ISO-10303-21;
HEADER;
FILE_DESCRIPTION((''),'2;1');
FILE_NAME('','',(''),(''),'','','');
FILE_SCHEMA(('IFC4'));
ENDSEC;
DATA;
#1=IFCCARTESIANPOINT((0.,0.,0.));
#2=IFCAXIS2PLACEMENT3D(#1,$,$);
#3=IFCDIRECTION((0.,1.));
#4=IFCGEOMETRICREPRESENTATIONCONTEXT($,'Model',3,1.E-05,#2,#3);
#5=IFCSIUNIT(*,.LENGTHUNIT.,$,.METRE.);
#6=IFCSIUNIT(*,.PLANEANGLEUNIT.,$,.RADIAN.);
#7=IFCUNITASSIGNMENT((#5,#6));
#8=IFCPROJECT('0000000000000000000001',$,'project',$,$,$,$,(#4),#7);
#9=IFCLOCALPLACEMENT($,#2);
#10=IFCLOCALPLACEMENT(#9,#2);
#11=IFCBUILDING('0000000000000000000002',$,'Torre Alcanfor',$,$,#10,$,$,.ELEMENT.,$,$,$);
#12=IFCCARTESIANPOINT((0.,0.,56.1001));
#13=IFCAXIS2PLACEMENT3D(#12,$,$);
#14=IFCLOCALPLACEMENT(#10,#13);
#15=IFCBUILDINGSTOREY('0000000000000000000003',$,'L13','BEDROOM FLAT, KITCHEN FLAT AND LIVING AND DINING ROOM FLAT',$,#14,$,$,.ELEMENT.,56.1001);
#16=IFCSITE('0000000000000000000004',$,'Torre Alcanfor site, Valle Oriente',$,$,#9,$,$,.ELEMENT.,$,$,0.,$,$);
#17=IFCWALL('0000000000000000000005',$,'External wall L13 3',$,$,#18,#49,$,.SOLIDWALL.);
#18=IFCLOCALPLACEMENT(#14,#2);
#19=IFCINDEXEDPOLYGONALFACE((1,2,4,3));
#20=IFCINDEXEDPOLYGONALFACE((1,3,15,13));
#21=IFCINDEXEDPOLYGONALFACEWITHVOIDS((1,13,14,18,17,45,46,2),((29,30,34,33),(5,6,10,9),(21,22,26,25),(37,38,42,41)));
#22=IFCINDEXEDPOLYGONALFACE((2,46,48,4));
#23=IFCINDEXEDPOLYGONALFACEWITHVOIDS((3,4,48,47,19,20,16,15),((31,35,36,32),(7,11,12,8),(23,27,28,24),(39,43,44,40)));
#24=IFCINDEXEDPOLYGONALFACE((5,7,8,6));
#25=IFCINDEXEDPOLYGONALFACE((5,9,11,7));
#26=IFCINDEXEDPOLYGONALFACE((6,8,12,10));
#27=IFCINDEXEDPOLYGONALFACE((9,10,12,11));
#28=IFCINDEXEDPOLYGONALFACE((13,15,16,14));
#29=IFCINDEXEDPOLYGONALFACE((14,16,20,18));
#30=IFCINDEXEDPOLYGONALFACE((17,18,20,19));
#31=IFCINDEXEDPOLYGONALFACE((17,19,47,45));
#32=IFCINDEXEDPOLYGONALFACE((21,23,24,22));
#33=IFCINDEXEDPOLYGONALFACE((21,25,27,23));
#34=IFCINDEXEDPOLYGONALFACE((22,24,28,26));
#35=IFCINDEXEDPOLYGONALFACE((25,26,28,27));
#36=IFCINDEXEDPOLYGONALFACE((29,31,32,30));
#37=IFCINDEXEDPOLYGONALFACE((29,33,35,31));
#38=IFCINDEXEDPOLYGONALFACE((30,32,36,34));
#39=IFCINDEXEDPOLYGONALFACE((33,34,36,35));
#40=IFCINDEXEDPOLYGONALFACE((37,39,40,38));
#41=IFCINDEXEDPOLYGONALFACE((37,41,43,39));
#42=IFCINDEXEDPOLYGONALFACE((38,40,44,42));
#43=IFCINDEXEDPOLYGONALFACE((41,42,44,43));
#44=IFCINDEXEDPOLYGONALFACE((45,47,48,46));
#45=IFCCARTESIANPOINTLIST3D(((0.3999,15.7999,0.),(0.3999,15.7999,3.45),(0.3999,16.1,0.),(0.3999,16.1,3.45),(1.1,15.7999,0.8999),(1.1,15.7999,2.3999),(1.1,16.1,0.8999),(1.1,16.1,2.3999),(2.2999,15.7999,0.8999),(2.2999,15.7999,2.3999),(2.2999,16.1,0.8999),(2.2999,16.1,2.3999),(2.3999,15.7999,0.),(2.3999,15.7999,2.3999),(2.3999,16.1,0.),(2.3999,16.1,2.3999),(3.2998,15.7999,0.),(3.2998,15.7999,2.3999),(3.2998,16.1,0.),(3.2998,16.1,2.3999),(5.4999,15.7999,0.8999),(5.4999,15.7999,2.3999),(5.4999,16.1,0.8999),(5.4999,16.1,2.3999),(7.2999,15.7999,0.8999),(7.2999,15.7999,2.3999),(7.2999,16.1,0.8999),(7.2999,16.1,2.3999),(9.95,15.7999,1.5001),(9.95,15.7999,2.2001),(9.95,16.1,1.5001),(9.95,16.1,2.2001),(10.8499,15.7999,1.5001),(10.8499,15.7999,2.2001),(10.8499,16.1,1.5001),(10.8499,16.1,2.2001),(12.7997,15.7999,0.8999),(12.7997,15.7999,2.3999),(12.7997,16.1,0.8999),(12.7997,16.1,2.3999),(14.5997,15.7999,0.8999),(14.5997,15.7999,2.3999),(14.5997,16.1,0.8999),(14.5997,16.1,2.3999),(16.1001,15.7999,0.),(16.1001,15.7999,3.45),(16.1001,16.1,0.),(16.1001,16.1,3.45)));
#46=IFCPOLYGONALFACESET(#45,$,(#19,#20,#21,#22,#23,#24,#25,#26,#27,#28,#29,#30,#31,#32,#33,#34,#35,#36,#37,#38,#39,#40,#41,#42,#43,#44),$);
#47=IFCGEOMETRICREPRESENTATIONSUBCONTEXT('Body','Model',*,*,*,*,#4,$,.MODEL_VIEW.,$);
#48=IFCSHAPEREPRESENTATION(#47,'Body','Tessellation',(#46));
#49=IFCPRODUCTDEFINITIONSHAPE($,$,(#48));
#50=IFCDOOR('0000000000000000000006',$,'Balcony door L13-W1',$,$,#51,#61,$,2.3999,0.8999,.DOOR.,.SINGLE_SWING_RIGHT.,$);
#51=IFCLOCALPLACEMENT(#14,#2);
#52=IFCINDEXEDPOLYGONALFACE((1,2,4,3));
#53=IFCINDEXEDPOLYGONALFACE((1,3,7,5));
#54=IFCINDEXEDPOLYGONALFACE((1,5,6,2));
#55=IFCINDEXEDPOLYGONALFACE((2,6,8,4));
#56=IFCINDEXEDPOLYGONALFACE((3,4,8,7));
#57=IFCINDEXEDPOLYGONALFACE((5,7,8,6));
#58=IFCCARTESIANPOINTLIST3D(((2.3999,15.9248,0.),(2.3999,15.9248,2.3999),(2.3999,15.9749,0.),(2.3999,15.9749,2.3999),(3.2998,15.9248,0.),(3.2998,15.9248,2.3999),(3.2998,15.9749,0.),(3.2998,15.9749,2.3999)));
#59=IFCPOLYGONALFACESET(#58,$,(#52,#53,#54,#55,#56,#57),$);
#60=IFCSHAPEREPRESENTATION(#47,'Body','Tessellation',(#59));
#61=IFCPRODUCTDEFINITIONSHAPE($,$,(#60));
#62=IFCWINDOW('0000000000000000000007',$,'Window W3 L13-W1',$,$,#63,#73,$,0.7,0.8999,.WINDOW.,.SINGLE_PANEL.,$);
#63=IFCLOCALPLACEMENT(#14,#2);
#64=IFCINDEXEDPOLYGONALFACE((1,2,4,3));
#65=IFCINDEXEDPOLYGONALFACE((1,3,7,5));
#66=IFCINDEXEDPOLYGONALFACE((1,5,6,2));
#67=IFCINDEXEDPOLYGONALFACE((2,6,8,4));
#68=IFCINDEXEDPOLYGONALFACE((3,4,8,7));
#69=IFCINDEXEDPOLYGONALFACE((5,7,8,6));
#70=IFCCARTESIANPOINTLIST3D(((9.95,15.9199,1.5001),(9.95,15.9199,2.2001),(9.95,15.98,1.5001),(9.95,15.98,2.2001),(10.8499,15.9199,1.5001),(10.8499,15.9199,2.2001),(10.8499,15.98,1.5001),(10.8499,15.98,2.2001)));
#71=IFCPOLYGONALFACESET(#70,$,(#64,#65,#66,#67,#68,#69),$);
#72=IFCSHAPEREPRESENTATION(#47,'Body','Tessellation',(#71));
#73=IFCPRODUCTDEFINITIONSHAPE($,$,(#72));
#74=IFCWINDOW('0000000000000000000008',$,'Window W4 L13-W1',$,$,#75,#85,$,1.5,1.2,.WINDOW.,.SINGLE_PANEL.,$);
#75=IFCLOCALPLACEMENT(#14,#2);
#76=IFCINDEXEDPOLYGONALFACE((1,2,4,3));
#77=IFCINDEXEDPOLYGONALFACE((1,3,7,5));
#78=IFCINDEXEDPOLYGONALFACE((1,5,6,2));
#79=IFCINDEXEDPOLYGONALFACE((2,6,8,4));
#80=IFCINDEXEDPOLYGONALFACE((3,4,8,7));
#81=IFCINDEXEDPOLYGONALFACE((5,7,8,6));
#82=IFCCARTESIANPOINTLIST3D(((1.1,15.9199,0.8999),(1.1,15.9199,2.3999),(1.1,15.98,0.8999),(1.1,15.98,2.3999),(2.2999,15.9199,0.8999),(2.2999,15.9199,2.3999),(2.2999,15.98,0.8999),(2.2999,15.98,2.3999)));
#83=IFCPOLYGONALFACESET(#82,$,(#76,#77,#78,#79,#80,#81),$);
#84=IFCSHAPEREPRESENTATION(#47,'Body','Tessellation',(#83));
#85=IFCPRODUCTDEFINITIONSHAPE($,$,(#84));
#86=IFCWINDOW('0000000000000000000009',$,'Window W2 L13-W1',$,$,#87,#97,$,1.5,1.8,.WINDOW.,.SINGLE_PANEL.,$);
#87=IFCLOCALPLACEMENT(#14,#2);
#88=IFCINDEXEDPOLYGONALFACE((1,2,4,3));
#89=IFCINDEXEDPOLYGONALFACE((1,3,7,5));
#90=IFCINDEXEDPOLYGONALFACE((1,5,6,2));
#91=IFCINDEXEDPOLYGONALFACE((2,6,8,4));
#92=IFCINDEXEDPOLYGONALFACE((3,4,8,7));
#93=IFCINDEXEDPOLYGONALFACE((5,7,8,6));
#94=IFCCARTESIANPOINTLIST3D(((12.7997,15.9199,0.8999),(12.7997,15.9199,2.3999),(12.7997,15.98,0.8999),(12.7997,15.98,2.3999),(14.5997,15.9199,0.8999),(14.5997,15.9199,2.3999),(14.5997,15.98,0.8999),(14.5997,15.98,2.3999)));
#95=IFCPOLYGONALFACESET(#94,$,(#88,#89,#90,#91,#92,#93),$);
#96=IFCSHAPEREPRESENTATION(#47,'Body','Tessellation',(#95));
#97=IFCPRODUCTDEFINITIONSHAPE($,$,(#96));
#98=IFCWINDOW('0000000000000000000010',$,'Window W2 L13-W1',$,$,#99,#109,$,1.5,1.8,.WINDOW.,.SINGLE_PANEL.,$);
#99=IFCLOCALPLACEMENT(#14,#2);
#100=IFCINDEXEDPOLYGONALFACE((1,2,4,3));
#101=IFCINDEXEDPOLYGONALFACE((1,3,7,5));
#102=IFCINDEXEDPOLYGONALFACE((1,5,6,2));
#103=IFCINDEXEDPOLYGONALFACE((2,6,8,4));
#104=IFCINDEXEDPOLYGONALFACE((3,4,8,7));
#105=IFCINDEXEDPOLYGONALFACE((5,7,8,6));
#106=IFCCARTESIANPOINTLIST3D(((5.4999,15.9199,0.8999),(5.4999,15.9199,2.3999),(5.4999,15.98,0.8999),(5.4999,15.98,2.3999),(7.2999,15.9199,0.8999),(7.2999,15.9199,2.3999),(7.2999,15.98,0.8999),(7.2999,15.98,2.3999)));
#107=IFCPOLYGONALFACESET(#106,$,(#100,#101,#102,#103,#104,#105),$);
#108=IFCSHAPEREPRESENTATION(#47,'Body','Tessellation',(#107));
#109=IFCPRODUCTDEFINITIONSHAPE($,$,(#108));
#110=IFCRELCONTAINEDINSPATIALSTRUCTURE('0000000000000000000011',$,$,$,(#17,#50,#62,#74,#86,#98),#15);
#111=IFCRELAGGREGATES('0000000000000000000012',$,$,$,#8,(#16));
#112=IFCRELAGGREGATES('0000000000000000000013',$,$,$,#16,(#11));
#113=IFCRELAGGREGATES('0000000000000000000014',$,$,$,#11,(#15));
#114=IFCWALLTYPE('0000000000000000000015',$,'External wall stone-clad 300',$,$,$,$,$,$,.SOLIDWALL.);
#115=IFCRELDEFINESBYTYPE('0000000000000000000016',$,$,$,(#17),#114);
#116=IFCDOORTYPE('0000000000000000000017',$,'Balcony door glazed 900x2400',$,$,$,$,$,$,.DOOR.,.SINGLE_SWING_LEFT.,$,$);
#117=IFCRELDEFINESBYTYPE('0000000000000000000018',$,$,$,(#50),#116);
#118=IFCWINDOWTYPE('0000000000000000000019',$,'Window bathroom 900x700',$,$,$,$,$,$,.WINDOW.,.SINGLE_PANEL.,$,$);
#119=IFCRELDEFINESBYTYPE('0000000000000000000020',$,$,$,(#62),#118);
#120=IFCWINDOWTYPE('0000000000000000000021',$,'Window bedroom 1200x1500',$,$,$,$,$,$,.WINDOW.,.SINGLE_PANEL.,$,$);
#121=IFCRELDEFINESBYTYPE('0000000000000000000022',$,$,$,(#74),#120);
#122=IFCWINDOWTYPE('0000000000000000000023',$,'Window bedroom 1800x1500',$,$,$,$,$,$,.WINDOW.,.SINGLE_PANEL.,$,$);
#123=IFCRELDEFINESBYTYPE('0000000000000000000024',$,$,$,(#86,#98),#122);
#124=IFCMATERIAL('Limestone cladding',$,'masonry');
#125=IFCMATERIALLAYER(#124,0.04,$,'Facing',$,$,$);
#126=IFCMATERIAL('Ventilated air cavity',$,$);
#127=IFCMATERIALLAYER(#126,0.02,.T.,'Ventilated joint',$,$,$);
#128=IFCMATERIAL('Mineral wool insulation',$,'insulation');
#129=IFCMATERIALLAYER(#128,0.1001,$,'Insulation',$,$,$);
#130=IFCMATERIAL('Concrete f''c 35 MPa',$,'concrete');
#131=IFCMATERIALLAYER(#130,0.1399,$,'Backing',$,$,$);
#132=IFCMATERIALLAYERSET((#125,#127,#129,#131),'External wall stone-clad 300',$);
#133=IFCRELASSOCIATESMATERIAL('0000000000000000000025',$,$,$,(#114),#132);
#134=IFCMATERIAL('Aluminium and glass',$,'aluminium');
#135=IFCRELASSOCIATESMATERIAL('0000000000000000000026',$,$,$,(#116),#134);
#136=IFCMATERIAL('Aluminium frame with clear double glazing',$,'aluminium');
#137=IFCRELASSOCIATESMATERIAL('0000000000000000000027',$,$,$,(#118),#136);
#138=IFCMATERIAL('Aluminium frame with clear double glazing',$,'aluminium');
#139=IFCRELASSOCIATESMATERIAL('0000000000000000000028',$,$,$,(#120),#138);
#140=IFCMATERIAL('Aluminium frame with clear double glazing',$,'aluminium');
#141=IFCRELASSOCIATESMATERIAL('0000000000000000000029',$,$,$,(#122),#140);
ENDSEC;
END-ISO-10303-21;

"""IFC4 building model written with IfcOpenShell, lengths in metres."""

from ifc_helpers import new_model, si_unit, direction, frame, frame_2d, origin, place, context, subcontext, project, spatial, rectangle, extrude, material, layer, layer_set, type_object, element, fill, save


model = new_model("IFC4")

# Units and contexts
model_context = context("Model", 3, precision=1e-05, world=origin(), true_north=direction((0.0, 1.0)))
body_context = subcontext(model_context, "Body", "Model", "MODEL_VIEW")
ifc_project = project(units=[si_unit("LENGTHUNIT", "METRE"), si_unit("PLANEANGLEUNIT", "RADIAN")], contexts=[model_context])

# Site, building, storey
site_placement = place(None, origin())
site = spatial("IfcSite", under=ifc_project, at=site_placement, Name="Torre Alcanfor site, Valle Oriente", CompositionType="ELEMENT", RefElevation=0.0)
building_placement = place(site_placement, origin())
building = spatial("IfcBuilding", under=site, at=building_placement, Name="Torre Alcanfor", CompositionType="ELEMENT")
storey_placement = place(building_placement, frame((0.0, 0.0, 56.1001)))
storey = spatial("IfcBuildingStorey", under=building, at=storey_placement, Name="L13", Description="BEDROOM FLAT, KITCHEN FLAT AND LIVING AND DINING ROOM FLAT", CompositionType="ELEMENT", Elevation=56.1001)

# Wall, openings, door, windows
ifc_material_1 = material(Name="Limestone cladding", Category="masonry")
ifc_layer_1 = layer(ifc_material_1, 0.04, Name="Facing")
ifc_material_2 = material(Name="Ventilated air cavity")
ifc_layer_2 = layer(ifc_material_2, 0.02, ventilated=True, Name="Ventilated joint")
ifc_material_3 = material(Name="Mineral wool insulation", Category="insulation")
ifc_layer_3 = layer(ifc_material_3, 0.1001, Name="Insulation")
ifc_material_4 = material(Name="Concrete f'c 35 MPa", Category="concrete")
ifc_layer_4 = layer(ifc_material_4, 0.1399, Name="Backing")
ifc_layer_set_1 = layer_set([ifc_layer_1, ifc_layer_2, ifc_layer_3, ifc_layer_4], Name="External wall stone-clad 300")
wall_type_1 = type_object("IfcWallType", Name="External wall stone-clad 300", PredefinedType="SOLIDWALL", material=ifc_layer_set_1)
wall_1_placement = place(storey_placement, frame((0.3999, 15.95, 0.0), z_axis=(0.0, 0.0, 1.0), x_axis=(1.0, 0.0, 0.0)))
wall_1 = element("IfcWall", 1, at=wall_1_placement, inside=storey, type_object=wall_type_1, Name="External wall L13 3", PredefinedType="SOLIDWALL", context=body_context, shape_type="SweptSolid", body=[
    extrude(rectangle(XDim=15.7002, YDim=0.3, at=frame_2d((7.8501, 0.0))), origin(), (0.0, 0.0, 1.0), 3.45),
])
opening_1_placement = place(wall_1_placement, frame((12.3999, 0.0, 0.8999)))
opening_1 = element("IfcOpeningElement", 2, at=opening_1_placement, cuts=wall_1, PredefinedType="OPENING", context=body_context, shape_type="SweptSolid", body=[
    extrude(rectangle(XDim=1.8, YDim=1.5, at=frame_2d((0.8999, 0.75))), frame((0.0, 0.1599, 0.0), z_axis=(0.0, -1.0, 0.0), x_axis=(1.0, 0.0, 0.0)), (0.0, 0.0, 1.0), 0.3201),
])
opening_2_placement = place(wall_1_placement, frame((9.55, 0.0, 1.5)))
opening_2 = element("IfcOpeningElement", 3, at=opening_2_placement, cuts=wall_1, PredefinedType="OPENING", context=body_context, shape_type="SweptSolid", body=[
    extrude(rectangle(XDim=0.8999, YDim=0.7, at=frame_2d((0.45, 0.3501))), frame((0.0, 0.1599, 0.0), z_axis=(0.0, -1.0, 0.0), x_axis=(1.0, 0.0, 0.0)), (0.0, 0.0, 1.0), 0.3201),
])
opening_3_placement = place(wall_1_placement, frame((5.1001, 0.0, 0.8999)))
opening_3 = element("IfcOpeningElement", 4, at=opening_3_placement, cuts=wall_1, PredefinedType="OPENING", context=body_context, shape_type="SweptSolid", body=[
    extrude(rectangle(XDim=1.8, YDim=1.5, at=frame_2d((0.8999, 0.75))), frame((0.0, 0.1599, 0.0), z_axis=(0.0, -1.0, 0.0), x_axis=(1.0, 0.0, 0.0)), (0.0, 0.0, 1.0), 0.3201),
])
opening_4_placement = place(wall_1_placement, frame((2.0, 0.0, 0.0)))
opening_4 = element("IfcOpeningElement", 5, at=opening_4_placement, cuts=wall_1, PredefinedType="OPENING", context=body_context, shape_type="SweptSolid", body=[
    extrude(rectangle(XDim=0.8999, YDim=2.3999, at=frame_2d((0.45, 1.2))), frame((0.0, 0.1599, 0.0), z_axis=(0.0, -1.0, 0.0), x_axis=(1.0, 0.0, 0.0)), (0.0, 0.0, 1.0), 0.3201),
])
opening_5_placement = place(wall_1_placement, frame((0.7, 0.0, 0.8999)))
opening_5 = element("IfcOpeningElement", 6, at=opening_5_placement, cuts=wall_1, PredefinedType="OPENING", context=body_context, shape_type="SweptSolid", body=[
    extrude(rectangle(XDim=1.2, YDim=1.5, at=frame_2d((0.6001, 0.75))), frame((0.0, 0.1599, 0.0), z_axis=(0.0, -1.0, 0.0), x_axis=(1.0, 0.0, 0.0)), (0.0, 0.0, 1.0), 0.3201),
])
ifc_material_5 = material(Name="Aluminium and glass", Category="aluminium")
door_type = type_object("IfcDoorType", Name="Balcony door glazed 900x2400", OperationType="SINGLE_SWING_LEFT", PredefinedType="DOOR", material=ifc_material_5)
door_1_placement = place(opening_4_placement, origin())
door_1 = element("IfcDoor", 7, at=door_1_placement, inside=storey, type_object=door_type, Name="Balcony door L13-W1", OperationType="SINGLE_SWING_RIGHT", OverallHeight=2.3999, OverallWidth=0.8999, PredefinedType="DOOR", context=body_context, shape_type="SweptSolid", body=[
    extrude(rectangle(XDim=0.8999, YDim=2.3999, at=frame_2d((0.45, 1.2))), frame((0.0, 0.0249, 0.0), z_axis=(0.0, -1.0, 0.0), x_axis=(1.0, 0.0, 0.0)), (0.0, 0.0, 1.0), 0.05),
])
fill(opening_4, door_1)
ifc_material_6 = material(Name="Aluminium frame with clear double glazing", Category="aluminium")
window_type_1 = type_object("IfcWindowType", Name="Window bathroom 900x700", PartitioningType="SINGLE_PANEL", PredefinedType="WINDOW", material=ifc_material_6)
window_1_placement = place(opening_2_placement, origin())
window_1 = element("IfcWindow", 8, at=window_1_placement, inside=storey, type_object=window_type_1, Name="Window W3 L13-W1", OverallHeight=0.7, OverallWidth=0.8999, PartitioningType="SINGLE_PANEL", PredefinedType="WINDOW", context=body_context, shape_type="SweptSolid", body=[
    extrude(rectangle(XDim=0.8999, YDim=0.7, at=frame_2d((0.45, 0.3501))), frame((0.0, 0.03, 0.0), z_axis=(0.0, -1.0, 0.0), x_axis=(1.0, 0.0, 0.0)), (0.0, 0.0, 1.0), 0.0601),
])
fill(opening_2, window_1)
ifc_material_7 = material(Name="Aluminium frame with clear double glazing", Category="aluminium")
window_type_2 = type_object("IfcWindowType", Name="Window bedroom 1200x1500", PartitioningType="SINGLE_PANEL", PredefinedType="WINDOW", material=ifc_material_7)
window_2_placement = place(opening_5_placement, origin())
window_2 = element("IfcWindow", 9, at=window_2_placement, inside=storey, type_object=window_type_2, Name="Window W4 L13-W1", OverallHeight=1.5, OverallWidth=1.2, PartitioningType="SINGLE_PANEL", PredefinedType="WINDOW", context=body_context, shape_type="SweptSolid", body=[
    extrude(rectangle(XDim=1.2, YDim=1.5, at=frame_2d((0.6001, 0.75))), frame((0.0, 0.03, 0.0), z_axis=(0.0, -1.0, 0.0), x_axis=(1.0, 0.0, 0.0)), (0.0, 0.0, 1.0), 0.0601),
])
fill(opening_5, window_2)
ifc_material_8 = material(Name="Aluminium frame with clear double glazing", Category="aluminium")
window_type_3 = type_object("IfcWindowType", Name="Window bedroom 1800x1500", PartitioningType="SINGLE_PANEL", PredefinedType="WINDOW", material=ifc_material_8)
window_3_placement = place(opening_1_placement, origin())
window_3 = element("IfcWindow", 10, at=window_3_placement, inside=storey, type_object=window_type_3, Name="Window W2 L13-W1", OverallHeight=1.5, OverallWidth=1.8, PartitioningType="SINGLE_PANEL", PredefinedType="WINDOW", context=body_context, shape_type="SweptSolid", body=[
    extrude(rectangle(XDim=1.8, YDim=1.5, at=frame_2d((0.8999, 0.75))), frame((0.0, 0.03, 0.0), z_axis=(0.0, -1.0, 0.0), x_axis=(1.0, 0.0, 0.0)), (0.0, 0.0, 1.0), 0.0601),
])
fill(opening_1, window_3)
window_4_placement = place(opening_3_placement, origin())
window_4 = element("IfcWindow", 11, at=window_4_placement, inside=storey, type_object=window_type_3, Name="Window W2 L13-W1", OverallHeight=1.5, OverallWidth=1.8, PartitioningType="SINGLE_PANEL", PredefinedType="WINDOW", context=body_context, shape_type="SweptSolid", body=[
    extrude(rectangle(XDim=1.8, YDim=1.5, at=frame_2d((0.8999, 0.75))), frame((0.0, 0.03, 0.0), z_axis=(0.0, -1.0, 0.0), x_axis=(1.0, 0.0, 0.0)), (0.0, 0.0, 1.0), 0.0601),
])
fill(opening_3, window_4)

save(model, "model.ifc")
